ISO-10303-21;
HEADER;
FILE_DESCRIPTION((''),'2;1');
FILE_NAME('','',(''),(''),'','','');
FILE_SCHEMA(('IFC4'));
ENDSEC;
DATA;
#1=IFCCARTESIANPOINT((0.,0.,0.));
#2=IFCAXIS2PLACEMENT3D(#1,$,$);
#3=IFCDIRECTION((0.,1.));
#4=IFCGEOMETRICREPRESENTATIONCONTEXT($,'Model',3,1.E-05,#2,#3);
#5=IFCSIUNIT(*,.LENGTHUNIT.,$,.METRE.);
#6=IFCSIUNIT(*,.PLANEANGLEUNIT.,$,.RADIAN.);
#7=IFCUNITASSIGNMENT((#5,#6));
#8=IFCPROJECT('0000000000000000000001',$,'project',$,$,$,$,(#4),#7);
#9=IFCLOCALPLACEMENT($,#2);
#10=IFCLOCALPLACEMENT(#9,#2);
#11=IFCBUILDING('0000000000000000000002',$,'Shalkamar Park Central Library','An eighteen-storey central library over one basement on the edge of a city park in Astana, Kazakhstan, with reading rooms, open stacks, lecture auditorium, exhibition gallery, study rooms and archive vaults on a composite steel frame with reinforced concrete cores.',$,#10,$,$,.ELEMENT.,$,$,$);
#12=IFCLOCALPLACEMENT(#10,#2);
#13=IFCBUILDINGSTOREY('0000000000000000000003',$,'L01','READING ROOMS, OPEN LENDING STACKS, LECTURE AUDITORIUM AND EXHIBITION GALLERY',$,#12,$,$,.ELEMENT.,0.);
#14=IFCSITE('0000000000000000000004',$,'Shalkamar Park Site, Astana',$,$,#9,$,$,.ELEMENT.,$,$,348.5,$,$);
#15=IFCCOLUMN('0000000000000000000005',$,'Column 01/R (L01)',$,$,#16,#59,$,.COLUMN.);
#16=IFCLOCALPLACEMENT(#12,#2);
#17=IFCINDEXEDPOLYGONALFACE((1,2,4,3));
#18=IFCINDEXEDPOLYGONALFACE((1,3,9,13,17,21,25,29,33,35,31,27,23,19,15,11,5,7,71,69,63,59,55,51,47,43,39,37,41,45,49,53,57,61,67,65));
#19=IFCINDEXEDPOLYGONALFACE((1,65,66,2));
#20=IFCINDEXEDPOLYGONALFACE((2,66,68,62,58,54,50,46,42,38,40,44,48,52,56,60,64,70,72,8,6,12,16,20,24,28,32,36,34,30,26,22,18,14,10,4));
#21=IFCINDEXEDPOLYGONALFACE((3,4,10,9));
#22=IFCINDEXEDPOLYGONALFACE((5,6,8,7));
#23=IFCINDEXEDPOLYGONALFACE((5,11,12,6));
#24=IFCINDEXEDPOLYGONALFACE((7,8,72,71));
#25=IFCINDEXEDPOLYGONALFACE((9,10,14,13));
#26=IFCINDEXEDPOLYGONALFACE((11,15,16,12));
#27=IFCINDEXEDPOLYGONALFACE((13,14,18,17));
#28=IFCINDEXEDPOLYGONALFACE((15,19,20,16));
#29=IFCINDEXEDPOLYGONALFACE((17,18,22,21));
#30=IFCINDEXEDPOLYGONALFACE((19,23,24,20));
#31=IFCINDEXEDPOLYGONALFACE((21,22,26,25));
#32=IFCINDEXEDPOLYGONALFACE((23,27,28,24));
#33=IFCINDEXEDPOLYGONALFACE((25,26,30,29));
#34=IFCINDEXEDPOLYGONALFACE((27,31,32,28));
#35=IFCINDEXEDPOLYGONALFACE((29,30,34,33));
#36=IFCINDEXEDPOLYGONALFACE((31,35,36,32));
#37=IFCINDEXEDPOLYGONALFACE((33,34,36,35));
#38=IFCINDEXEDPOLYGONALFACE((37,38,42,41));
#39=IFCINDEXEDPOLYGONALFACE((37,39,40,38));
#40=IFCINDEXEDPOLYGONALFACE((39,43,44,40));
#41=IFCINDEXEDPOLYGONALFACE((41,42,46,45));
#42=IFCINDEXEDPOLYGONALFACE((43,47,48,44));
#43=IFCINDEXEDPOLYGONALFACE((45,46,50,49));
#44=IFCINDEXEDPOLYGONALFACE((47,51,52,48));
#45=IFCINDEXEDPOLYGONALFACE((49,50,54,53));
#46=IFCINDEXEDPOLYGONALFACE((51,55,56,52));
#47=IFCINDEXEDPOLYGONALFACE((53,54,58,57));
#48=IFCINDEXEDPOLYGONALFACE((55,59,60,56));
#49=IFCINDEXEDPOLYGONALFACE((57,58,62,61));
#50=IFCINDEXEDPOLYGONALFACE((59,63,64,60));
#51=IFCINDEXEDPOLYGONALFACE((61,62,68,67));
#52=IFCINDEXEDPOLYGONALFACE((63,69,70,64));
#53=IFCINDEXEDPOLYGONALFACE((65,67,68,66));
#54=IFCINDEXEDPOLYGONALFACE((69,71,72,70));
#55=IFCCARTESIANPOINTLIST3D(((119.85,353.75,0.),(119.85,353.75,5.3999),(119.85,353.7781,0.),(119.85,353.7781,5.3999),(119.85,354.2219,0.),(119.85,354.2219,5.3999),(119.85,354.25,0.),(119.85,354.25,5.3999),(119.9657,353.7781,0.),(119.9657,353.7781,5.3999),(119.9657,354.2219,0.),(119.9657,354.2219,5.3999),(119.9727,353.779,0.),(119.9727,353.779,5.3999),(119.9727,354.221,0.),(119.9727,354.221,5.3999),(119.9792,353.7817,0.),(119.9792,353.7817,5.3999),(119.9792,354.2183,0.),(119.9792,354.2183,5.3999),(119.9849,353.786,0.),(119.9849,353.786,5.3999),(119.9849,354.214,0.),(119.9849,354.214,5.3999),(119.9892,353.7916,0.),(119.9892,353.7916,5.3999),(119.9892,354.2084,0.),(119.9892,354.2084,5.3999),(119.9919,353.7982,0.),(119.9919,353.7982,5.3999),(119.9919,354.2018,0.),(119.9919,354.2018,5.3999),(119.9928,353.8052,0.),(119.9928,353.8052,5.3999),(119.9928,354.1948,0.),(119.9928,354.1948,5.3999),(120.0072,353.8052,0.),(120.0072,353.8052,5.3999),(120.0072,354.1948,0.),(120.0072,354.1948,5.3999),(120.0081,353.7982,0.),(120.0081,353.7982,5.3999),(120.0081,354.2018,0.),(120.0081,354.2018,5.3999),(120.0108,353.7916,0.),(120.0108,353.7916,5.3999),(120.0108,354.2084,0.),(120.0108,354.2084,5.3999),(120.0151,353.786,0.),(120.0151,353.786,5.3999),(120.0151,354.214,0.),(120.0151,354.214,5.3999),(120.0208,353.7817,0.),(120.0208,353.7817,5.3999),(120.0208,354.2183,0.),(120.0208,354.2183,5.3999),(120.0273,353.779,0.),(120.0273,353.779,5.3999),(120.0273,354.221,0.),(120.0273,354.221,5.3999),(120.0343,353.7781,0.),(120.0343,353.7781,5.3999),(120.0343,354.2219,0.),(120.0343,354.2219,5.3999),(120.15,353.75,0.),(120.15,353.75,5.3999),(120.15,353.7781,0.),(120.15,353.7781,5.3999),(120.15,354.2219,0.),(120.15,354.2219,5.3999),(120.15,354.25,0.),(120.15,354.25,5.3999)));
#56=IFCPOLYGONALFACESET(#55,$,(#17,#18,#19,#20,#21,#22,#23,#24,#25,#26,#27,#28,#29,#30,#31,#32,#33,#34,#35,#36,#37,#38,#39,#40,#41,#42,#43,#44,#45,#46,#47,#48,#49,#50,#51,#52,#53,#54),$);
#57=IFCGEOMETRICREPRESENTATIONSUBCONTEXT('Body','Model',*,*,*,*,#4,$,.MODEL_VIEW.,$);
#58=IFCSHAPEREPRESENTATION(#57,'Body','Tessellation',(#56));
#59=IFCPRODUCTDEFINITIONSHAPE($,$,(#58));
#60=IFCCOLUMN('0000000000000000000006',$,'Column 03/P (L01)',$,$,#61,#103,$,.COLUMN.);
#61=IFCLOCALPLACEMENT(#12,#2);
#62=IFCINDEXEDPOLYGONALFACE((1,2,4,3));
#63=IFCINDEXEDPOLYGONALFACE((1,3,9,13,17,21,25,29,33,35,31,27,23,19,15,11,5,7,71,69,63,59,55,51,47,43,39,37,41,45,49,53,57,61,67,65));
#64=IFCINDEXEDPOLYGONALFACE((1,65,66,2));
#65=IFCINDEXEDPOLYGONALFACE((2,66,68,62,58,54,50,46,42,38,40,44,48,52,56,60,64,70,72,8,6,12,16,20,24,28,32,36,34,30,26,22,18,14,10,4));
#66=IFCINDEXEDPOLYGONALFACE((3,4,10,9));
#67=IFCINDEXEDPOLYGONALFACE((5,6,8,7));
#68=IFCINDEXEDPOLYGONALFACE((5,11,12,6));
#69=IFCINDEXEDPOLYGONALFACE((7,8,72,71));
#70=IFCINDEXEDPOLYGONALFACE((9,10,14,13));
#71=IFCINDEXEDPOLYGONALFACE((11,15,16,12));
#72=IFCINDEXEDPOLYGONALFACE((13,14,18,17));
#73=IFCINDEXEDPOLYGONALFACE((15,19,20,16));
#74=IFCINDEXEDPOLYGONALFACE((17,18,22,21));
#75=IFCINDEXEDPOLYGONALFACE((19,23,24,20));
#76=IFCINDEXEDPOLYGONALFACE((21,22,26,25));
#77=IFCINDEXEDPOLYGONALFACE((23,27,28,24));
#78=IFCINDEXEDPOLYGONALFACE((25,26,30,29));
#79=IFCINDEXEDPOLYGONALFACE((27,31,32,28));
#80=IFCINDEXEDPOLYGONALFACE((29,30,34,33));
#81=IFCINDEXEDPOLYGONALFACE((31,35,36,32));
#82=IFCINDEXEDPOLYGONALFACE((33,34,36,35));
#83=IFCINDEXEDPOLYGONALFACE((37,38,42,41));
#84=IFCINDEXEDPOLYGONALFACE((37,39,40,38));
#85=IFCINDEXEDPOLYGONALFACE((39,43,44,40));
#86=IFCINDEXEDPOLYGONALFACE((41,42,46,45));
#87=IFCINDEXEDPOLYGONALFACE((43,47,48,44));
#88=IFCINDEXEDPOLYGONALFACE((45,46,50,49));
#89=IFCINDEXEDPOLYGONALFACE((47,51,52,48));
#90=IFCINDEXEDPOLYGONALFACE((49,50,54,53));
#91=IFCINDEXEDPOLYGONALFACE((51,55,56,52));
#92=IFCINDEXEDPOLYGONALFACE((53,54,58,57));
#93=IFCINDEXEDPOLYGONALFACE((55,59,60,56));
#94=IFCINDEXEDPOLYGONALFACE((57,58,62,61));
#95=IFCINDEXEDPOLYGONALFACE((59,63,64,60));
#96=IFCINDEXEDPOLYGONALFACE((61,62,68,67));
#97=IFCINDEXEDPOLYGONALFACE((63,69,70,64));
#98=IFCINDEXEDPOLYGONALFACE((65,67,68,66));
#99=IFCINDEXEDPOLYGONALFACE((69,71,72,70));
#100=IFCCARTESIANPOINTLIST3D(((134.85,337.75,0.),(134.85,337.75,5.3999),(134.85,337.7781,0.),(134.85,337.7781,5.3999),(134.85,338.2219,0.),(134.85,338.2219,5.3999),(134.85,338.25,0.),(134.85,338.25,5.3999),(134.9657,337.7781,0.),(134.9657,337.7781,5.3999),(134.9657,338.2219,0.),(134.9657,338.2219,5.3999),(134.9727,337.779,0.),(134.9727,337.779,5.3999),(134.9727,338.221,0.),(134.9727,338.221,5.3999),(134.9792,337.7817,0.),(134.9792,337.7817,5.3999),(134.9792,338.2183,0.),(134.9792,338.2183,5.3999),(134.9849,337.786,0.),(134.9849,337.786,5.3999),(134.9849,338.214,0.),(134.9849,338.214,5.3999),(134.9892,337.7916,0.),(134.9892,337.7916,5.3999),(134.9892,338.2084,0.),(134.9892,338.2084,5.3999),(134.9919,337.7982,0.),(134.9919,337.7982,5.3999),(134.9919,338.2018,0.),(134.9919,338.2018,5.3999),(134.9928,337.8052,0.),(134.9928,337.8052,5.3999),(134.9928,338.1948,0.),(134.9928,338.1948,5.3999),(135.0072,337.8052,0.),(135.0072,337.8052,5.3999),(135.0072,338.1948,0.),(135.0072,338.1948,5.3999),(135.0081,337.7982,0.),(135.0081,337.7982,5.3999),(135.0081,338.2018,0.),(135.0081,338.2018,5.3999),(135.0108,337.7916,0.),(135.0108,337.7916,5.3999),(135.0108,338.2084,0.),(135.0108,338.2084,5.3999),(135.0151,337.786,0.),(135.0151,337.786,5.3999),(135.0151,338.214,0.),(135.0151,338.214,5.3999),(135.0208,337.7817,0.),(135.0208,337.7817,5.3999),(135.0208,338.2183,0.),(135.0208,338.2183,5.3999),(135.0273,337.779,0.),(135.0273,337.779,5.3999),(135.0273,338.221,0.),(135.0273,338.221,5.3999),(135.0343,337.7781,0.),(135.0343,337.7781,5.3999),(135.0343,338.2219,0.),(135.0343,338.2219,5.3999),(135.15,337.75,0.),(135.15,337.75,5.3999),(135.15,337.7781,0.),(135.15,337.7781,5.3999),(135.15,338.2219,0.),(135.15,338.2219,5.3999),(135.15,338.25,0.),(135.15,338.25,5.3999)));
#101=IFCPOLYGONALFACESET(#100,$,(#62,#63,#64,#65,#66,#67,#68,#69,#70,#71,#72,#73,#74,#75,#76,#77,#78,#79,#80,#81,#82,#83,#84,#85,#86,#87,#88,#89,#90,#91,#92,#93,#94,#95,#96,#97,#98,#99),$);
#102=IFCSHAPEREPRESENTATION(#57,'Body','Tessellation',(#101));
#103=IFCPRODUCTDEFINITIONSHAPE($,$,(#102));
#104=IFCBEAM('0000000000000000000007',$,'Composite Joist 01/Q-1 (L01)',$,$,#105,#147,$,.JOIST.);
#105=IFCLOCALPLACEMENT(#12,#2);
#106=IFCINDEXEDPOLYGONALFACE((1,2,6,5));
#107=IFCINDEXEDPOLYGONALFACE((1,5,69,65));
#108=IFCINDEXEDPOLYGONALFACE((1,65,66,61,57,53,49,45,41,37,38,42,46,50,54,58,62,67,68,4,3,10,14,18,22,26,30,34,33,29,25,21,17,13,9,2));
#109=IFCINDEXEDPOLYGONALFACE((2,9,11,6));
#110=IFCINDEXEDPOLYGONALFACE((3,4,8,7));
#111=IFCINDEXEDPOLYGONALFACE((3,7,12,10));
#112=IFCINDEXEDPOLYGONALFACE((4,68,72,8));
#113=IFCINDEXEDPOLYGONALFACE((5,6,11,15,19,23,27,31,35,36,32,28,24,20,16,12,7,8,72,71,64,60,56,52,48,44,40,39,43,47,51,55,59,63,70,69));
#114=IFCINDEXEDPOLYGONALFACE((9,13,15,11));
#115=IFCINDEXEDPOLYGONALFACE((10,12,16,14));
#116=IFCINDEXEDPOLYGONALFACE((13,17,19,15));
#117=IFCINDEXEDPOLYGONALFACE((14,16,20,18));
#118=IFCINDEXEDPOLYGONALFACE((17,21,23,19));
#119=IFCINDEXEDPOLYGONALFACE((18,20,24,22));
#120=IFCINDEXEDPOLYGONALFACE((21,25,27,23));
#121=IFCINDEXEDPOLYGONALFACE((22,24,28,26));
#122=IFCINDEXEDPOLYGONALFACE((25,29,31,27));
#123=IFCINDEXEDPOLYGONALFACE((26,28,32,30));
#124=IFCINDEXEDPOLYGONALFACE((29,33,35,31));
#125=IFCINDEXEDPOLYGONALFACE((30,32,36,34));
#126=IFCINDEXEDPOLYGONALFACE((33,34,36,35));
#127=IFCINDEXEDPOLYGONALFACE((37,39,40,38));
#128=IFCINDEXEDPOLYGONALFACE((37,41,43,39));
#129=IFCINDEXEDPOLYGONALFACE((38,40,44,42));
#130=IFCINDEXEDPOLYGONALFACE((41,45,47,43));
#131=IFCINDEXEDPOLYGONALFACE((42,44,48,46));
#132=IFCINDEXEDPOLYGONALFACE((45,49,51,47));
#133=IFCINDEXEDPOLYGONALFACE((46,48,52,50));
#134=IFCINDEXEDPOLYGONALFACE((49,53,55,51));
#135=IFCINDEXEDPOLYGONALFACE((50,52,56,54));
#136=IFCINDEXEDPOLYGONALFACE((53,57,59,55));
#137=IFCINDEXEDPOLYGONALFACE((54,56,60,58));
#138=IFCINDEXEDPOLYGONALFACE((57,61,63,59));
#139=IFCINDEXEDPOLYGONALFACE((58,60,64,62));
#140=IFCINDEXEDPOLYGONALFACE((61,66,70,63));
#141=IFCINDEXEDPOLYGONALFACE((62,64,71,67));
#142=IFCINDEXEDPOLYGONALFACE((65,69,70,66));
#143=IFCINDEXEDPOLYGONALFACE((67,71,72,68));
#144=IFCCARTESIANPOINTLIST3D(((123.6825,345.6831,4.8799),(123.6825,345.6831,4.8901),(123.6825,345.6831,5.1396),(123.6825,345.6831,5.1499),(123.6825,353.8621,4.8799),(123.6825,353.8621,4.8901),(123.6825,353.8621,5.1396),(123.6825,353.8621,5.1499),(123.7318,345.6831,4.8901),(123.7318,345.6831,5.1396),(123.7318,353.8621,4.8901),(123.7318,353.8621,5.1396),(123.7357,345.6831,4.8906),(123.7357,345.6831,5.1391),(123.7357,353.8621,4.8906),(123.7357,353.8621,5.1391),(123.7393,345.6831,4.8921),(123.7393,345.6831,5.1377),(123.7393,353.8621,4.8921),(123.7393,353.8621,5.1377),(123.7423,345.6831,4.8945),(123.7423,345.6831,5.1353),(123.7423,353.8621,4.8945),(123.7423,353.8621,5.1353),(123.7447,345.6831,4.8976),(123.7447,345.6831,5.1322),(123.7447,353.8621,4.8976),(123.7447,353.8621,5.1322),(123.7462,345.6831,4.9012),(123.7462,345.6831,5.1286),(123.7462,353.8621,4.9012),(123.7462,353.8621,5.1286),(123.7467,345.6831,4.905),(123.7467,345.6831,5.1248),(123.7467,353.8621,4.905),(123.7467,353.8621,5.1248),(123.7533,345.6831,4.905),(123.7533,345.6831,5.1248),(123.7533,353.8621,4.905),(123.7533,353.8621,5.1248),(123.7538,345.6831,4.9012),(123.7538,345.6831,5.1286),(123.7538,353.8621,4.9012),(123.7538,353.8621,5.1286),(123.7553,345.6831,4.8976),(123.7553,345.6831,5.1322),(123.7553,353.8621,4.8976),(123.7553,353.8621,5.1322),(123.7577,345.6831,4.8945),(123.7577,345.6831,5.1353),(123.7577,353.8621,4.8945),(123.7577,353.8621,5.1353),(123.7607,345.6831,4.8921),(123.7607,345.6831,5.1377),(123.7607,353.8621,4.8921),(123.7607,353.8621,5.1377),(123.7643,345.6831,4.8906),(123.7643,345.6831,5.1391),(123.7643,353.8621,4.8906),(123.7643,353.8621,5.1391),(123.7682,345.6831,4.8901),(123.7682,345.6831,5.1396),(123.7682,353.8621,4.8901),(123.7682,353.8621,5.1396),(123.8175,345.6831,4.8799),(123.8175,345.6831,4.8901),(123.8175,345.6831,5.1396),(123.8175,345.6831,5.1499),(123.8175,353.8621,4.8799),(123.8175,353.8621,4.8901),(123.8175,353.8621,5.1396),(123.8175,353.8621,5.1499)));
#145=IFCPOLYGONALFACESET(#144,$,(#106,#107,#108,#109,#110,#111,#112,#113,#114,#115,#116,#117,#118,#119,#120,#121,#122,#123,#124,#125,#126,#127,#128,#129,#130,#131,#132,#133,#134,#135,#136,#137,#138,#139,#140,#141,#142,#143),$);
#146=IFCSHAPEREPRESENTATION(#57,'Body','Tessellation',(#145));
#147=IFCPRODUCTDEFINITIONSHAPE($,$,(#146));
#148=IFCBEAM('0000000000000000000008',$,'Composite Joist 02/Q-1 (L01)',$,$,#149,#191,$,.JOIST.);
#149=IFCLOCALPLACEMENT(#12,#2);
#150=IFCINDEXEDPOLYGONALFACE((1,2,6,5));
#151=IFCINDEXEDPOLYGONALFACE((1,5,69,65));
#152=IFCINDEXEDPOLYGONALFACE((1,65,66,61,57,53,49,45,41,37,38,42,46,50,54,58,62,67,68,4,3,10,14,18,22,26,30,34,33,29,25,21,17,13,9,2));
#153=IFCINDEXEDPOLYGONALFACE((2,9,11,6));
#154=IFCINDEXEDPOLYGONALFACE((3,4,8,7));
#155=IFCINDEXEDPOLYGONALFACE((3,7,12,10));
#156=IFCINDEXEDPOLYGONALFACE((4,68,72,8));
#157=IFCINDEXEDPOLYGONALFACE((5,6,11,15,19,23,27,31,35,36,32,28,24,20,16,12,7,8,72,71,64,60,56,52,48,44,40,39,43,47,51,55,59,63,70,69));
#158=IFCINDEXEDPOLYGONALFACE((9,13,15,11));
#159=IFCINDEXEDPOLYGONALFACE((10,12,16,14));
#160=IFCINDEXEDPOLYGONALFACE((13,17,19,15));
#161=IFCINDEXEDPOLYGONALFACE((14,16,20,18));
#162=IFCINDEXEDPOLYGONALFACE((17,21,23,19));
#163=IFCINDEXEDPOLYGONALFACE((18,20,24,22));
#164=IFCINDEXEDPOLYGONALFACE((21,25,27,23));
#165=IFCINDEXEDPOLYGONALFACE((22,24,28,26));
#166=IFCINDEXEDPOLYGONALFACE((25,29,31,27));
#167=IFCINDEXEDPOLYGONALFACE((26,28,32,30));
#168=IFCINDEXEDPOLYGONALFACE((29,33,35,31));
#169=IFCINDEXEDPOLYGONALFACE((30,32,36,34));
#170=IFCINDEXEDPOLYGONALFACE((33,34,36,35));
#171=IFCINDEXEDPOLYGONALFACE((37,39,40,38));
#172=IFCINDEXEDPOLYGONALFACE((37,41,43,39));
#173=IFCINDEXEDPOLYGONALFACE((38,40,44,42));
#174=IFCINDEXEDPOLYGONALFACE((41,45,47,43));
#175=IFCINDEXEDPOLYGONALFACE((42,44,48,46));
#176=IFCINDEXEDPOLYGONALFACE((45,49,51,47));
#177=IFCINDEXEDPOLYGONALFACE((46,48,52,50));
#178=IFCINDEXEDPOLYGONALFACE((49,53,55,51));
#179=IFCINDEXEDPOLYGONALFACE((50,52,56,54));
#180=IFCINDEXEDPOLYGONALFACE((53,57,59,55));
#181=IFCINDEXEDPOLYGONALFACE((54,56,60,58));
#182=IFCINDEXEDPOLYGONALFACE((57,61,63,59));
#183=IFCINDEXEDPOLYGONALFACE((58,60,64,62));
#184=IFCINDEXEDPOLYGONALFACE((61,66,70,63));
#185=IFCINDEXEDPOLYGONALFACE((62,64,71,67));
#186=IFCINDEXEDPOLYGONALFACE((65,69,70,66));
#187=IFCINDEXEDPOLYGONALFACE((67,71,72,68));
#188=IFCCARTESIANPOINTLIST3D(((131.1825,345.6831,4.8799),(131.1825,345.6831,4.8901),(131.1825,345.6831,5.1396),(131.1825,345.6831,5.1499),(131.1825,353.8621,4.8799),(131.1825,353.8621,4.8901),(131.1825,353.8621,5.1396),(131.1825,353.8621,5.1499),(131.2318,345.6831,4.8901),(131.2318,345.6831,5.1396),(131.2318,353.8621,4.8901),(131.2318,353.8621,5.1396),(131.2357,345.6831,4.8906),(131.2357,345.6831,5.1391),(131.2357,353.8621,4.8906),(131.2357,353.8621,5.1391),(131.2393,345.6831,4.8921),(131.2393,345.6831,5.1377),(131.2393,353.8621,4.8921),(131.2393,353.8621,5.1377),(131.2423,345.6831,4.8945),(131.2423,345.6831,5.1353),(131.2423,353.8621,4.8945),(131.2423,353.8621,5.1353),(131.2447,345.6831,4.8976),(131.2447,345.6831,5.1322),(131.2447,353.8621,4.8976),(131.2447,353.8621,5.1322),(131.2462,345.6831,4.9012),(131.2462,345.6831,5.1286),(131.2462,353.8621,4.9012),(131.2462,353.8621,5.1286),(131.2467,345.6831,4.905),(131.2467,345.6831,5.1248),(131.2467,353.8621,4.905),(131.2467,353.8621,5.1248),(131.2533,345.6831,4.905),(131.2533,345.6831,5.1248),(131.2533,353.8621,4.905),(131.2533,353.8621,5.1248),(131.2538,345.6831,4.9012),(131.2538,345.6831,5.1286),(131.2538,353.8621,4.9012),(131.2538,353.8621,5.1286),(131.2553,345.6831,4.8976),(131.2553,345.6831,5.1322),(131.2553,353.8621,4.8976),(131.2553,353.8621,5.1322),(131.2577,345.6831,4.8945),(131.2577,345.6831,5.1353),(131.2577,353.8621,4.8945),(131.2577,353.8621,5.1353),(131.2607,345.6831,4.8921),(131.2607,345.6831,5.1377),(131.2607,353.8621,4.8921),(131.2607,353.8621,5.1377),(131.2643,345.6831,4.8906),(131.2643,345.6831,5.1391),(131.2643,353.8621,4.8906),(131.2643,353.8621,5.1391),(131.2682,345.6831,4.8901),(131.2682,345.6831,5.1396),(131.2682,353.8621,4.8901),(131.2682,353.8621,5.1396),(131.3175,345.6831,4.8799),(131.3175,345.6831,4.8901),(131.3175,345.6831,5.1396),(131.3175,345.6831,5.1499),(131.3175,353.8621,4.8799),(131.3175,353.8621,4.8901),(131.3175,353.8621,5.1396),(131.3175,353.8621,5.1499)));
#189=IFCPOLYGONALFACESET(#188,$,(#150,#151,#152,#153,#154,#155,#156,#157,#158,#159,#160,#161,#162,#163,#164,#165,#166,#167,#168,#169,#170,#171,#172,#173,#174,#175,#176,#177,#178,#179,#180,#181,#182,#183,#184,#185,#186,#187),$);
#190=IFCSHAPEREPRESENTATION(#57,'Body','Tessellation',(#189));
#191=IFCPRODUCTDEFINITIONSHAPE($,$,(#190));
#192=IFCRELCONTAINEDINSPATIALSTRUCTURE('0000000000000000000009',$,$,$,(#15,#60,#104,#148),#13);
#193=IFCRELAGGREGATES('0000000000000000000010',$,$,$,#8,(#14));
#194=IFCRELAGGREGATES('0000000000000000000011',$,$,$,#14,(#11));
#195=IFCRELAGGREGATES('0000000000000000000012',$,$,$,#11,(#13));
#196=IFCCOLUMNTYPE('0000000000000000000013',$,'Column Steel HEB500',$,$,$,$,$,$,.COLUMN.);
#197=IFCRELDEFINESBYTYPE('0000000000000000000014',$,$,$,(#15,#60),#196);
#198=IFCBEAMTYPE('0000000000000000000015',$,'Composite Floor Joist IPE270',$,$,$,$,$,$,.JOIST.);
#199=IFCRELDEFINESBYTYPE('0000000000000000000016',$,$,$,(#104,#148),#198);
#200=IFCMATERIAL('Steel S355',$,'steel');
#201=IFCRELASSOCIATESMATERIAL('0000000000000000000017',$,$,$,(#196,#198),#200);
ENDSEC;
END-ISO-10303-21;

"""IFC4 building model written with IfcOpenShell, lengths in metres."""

from ifc_helpers import new_model, si_unit, direction, frame, origin, origin_2d, place, context, subcontext, project, spatial, i_section, extrude, material, material_profile, profile_set, type_object, element, save


model = new_model("IFC4")

# Units and contexts
model_context = context("Model", 3, precision=1e-05, world=origin(), true_north=direction((0.0, 1.0)))
body_context = subcontext(model_context, "Body", "Model", "MODEL_VIEW")
ifc_project = project(units=[si_unit("LENGTHUNIT", "METRE"), si_unit("PLANEANGLEUNIT", "RADIAN")], contexts=[model_context])

# Site, building, storey
site_placement = place(None, origin())
site = spatial("IfcSite", under=ifc_project, at=site_placement, Name="Shalkamar Park Site, Astana", CompositionType="ELEMENT", RefElevation=348.5)
building_placement = place(site_placement, origin())
building = spatial("IfcBuilding", under=site, at=building_placement, Name="Shalkamar Park Central Library", Description="An eighteen-storey central library over one basement on the edge of a city park in Astana, Kazakhstan, with reading rooms, open stacks, lecture auditorium, exhibition gallery, study rooms and archive vaults on a composite steel frame with reinforced concrete cores.", CompositionType="ELEMENT")
storey_placement = place(building_placement, origin())
storey = spatial("IfcBuildingStorey", under=building, at=storey_placement, Name="L01", Description="READING ROOMS, OPEN LENDING STACKS, LECTURE AUDITORIUM AND EXHIBITION GALLERY", CompositionType="ELEMENT", Elevation=0.0)

# Columns
ifc_material_1 = material(Name="Steel S355", Category="steel")
ifc_material_profile_1 = material_profile(ifc_material_1, i_section(OverallWidth=0.3, OverallDepth=0.5, WebThickness=0.0144, FlangeThickness=0.0281, FilletRadius=0.0271, at=origin_2d()), Name="HEB 500")
ifc_profile_set_1 = profile_set([ifc_material_profile_1], Name="Steel S355")
column_type_1 = type_object("IfcColumnType", Name="Column Steel HEB500", PredefinedType="COLUMN", material=ifc_profile_set_1)
for number, where, z_axis, x_axis, name in (
    (1, (120.0, 354.0, 0.0), (0.0, 0.0, 1.0), (1.0, 0.0, 0.0), "Column 01/R (L01)"),
    (2, (135.0, 338.0, 0.0), (0.0, 0.0, 1.0), (1.0, 0.0, 0.0), "Column 03/P (L01)"),
):
    element("IfcColumn", number, at=place(storey_placement, frame(where, z_axis=z_axis, x_axis=x_axis)), inside=storey, type_object=column_type_1, Name=name, PredefinedType="COLUMN", context=body_context, shape_type="SweptSolid", body=[
        extrude(i_section(OverallWidth=0.3, OverallDepth=0.5, WebThickness=0.0144, FlangeThickness=0.0281, FilletRadius=0.0271, at=origin_2d()), origin(), (0.0, 0.0, 1.0), 5.3999),
    ])

# Beams
ifc_material_profile_2 = material_profile(ifc_material_1, i_section(OverallWidth=0.135, OverallDepth=0.27, WebThickness=0.0066, FlangeThickness=0.0103, FilletRadius=0.0149, at=origin_2d()), Name="IPE 270")
ifc_profile_set_2 = profile_set([ifc_material_profile_2], Name="Steel S355")
beam_type_1 = type_object("IfcBeamType", Name="Composite Floor Joist IPE270", PredefinedType="JOIST", material=ifc_profile_set_2)
for number, where, z_axis, x_axis, name in (
    (3, (123.75, 345.6831, 5.0149), (0.0, 1.0, 0.0), (-1.0, 0.0, 0.0), "Composite Joist 01/Q-1 (L01)"),
    (4, (131.25, 345.6831, 5.0149), (0.0, 1.0, 0.0), (-1.0, 0.0, 0.0), "Composite Joist 02/Q-1 (L01)"),
):
    element("IfcBeam", number, at=place(storey_placement, frame(where, z_axis=z_axis, x_axis=x_axis)), inside=storey, type_object=beam_type_1, Name=name, PredefinedType="JOIST", context=body_context, shape_type="SweptSolid", body=[
        extrude(i_section(OverallWidth=0.135, OverallDepth=0.27, WebThickness=0.0066, FlangeThickness=0.0103, FilletRadius=0.0149, at=origin_2d()), origin(), (0.0, 0.0, 1.0), 8.179),
    ])

save(model, "model.ifc")
